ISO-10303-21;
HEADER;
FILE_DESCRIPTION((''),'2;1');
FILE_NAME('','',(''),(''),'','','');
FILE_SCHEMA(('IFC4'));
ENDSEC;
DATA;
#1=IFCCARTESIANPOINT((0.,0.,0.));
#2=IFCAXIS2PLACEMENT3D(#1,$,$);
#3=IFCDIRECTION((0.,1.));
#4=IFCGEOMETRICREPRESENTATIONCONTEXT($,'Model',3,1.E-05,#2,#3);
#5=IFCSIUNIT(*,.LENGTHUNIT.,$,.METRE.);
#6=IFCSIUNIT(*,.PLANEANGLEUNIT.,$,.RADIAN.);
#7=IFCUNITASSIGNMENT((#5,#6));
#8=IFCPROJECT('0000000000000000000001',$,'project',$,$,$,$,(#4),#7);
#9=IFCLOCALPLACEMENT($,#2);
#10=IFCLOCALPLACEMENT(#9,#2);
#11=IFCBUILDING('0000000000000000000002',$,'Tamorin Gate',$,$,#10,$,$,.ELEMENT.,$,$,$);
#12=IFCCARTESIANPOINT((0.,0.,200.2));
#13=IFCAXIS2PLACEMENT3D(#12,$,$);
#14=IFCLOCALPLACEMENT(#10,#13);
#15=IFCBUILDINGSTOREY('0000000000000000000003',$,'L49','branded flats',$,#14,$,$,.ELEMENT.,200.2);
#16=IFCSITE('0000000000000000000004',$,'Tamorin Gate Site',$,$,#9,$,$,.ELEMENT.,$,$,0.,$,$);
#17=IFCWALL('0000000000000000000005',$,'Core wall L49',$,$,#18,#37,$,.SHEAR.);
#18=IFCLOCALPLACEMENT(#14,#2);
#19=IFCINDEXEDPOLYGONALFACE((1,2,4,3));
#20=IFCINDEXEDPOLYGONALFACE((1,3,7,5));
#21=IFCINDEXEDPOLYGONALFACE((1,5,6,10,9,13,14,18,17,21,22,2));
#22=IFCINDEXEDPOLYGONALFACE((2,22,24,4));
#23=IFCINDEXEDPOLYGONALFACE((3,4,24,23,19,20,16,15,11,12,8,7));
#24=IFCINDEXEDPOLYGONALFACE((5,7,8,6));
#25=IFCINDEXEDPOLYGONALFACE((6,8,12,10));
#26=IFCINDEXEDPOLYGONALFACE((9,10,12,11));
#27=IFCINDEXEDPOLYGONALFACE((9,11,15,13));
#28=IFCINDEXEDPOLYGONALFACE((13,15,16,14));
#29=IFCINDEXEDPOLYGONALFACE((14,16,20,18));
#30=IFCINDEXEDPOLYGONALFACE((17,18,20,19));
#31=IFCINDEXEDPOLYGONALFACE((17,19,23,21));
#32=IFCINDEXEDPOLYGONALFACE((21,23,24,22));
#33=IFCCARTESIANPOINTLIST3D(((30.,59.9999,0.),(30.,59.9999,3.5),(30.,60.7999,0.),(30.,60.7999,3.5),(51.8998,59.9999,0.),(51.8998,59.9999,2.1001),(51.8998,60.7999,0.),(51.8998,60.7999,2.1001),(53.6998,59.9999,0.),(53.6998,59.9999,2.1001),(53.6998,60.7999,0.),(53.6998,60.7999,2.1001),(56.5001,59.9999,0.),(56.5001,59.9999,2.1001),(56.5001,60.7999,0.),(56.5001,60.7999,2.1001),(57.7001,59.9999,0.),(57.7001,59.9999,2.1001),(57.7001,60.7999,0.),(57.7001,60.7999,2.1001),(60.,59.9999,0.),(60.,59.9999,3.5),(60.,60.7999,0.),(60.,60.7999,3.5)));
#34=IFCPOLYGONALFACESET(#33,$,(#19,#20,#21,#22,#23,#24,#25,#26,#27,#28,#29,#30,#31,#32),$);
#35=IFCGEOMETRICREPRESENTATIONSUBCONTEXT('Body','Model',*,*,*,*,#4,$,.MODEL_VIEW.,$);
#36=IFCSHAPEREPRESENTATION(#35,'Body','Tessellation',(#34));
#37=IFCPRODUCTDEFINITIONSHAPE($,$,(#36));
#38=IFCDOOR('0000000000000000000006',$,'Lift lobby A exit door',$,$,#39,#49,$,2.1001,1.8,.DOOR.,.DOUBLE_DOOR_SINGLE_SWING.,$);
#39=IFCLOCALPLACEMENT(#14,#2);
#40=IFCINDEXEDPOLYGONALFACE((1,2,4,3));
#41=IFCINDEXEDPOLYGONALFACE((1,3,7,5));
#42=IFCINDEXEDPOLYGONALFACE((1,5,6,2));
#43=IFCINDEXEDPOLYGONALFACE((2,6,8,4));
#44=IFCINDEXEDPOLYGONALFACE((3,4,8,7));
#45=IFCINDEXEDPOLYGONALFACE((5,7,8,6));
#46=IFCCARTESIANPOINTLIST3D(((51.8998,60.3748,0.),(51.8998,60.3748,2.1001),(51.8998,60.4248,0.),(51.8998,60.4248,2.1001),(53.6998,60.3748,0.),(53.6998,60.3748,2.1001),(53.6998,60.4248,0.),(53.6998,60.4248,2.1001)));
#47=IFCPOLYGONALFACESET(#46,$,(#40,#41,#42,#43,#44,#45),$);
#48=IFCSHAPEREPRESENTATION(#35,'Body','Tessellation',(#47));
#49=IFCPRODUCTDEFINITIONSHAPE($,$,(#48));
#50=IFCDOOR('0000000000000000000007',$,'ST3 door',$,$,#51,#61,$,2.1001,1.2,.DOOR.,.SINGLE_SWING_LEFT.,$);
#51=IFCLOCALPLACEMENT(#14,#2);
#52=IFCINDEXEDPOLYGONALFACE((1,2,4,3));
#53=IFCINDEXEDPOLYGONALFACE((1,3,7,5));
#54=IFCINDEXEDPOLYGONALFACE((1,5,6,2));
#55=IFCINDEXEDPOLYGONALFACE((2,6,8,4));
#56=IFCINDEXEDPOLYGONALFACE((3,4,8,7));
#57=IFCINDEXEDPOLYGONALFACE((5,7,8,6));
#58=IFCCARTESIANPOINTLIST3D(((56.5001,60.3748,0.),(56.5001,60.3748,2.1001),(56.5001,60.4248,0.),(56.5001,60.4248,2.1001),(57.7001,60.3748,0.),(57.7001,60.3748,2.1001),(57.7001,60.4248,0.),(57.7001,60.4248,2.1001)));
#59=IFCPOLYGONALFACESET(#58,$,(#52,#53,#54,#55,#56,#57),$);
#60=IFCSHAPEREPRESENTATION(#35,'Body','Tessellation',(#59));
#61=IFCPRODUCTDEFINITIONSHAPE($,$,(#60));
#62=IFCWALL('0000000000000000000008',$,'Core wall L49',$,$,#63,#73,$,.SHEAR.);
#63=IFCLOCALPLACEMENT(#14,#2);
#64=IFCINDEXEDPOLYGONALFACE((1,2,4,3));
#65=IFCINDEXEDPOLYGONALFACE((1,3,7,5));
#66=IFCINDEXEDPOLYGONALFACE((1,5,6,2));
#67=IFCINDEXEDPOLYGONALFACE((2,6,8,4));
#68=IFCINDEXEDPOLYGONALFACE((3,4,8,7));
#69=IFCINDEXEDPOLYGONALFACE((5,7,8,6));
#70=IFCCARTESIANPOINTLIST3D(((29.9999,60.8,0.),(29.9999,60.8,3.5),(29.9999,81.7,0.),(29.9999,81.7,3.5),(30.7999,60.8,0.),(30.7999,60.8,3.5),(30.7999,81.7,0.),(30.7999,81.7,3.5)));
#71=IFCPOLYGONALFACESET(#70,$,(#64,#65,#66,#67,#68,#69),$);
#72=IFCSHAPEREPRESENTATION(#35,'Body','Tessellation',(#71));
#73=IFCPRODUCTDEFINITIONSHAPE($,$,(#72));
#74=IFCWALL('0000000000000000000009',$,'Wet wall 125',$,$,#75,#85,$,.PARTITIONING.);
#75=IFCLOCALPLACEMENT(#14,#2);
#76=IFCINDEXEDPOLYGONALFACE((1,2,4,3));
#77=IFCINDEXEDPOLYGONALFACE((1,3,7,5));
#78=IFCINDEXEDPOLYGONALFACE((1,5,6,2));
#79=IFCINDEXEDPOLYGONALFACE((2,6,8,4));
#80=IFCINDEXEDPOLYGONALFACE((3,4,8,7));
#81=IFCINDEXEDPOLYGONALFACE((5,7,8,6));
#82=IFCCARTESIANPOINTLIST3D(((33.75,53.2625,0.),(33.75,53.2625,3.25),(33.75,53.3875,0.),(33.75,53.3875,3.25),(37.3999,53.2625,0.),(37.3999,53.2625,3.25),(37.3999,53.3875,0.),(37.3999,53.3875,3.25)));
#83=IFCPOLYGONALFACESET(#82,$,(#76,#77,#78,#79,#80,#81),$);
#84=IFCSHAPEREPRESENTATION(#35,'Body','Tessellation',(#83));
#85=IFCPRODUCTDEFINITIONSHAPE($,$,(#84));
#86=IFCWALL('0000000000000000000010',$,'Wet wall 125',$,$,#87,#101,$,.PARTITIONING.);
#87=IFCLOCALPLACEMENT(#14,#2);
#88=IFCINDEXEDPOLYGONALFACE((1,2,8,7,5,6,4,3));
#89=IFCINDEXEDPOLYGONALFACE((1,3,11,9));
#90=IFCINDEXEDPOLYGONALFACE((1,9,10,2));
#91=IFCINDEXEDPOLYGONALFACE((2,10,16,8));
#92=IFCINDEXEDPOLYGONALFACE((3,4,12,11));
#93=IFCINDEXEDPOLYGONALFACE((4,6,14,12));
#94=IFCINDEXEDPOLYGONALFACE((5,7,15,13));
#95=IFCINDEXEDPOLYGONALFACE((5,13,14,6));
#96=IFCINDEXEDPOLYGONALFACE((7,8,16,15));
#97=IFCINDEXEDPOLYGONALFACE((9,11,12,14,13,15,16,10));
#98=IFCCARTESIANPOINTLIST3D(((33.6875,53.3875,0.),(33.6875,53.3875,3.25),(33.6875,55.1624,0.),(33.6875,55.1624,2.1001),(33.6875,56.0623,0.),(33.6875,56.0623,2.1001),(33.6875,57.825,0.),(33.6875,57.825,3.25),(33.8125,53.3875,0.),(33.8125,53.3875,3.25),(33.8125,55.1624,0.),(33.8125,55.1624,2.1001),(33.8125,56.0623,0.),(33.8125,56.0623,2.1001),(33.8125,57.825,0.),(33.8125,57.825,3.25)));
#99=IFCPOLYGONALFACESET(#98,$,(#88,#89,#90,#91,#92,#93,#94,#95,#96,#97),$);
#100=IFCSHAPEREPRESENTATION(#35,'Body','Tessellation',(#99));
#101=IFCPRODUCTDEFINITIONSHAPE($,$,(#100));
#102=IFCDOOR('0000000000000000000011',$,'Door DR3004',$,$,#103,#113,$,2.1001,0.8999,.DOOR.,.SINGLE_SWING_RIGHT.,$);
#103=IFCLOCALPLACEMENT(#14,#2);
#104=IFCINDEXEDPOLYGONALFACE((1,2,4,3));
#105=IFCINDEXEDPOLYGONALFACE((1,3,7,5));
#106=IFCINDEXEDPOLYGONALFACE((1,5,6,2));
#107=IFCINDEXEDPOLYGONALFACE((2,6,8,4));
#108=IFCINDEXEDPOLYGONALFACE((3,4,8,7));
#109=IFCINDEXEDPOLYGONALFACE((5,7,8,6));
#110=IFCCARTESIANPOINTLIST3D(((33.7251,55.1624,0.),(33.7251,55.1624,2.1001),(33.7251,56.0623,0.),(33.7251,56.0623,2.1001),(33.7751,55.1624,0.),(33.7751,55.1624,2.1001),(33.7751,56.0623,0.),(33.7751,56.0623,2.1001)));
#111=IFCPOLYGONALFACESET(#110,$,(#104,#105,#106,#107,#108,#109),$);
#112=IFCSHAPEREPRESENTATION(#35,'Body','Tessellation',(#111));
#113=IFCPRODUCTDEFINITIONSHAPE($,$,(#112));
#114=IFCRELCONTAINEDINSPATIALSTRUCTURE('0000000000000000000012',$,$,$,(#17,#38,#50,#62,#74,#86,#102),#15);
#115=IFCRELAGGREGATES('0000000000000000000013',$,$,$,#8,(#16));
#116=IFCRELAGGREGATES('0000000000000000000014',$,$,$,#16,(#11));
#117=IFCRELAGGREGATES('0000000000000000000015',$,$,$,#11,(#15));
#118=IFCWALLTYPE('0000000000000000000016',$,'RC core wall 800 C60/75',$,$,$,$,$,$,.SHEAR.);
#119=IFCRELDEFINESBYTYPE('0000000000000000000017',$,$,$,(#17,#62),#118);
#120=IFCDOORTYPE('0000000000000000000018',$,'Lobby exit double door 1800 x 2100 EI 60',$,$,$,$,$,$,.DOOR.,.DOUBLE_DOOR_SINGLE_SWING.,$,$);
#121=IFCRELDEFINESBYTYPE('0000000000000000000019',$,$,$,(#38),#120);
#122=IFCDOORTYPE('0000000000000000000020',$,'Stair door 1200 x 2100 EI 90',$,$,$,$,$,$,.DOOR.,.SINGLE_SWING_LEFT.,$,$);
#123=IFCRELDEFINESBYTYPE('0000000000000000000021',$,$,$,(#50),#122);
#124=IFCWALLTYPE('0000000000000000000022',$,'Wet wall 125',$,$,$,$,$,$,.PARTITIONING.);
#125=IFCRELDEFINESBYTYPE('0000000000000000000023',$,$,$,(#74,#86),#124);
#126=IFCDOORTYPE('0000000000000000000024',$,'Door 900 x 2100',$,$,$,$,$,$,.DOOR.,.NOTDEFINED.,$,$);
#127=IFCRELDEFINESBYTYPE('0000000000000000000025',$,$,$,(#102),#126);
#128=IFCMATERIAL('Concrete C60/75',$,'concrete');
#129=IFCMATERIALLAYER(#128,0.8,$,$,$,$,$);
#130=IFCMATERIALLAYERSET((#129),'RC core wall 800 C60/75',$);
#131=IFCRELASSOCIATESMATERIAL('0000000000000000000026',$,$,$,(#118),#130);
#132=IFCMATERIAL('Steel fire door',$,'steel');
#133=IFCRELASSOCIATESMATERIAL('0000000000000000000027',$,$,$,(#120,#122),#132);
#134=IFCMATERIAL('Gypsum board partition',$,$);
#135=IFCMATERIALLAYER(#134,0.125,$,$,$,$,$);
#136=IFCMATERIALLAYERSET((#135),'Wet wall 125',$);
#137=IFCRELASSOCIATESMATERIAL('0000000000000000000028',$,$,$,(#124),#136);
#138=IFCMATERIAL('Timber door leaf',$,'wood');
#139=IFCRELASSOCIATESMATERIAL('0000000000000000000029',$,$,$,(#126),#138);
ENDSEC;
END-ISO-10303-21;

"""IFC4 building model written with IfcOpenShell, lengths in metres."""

from ifc_helpers import new_model, si_unit, direction, frame, frame_2d, origin, place, context, subcontext, project, spatial, rectangle, extrude, material, layer, layer_set, type_object, element, fill, save


model = new_model("IFC4")

# Units and contexts
model_context = context("Model", 3, precision=1e-05, world=origin(), true_north=direction((0.0, 1.0)))
body_context = subcontext(model_context, "Body", "Model", "MODEL_VIEW")
ifc_project = project(units=[si_unit("LENGTHUNIT", "METRE"), si_unit("PLANEANGLEUNIT", "RADIAN")], contexts=[model_context])

# Site, building, storey
site_placement = place(None, origin())
site = spatial("IfcSite", under=ifc_project, at=site_placement, Name="Tamorin Gate Site", CompositionType="ELEMENT", RefElevation=0.0)
building_placement = place(site_placement, origin())
building = spatial("IfcBuilding", under=site, at=building_placement, Name="Tamorin Gate", CompositionType="ELEMENT")
storey_placement = place(building_placement, frame((0.0, 0.0, 200.2)))
storey = spatial("IfcBuildingStorey", under=building, at=storey_placement, Name="L49", Description="branded flats", CompositionType="ELEMENT", Elevation=200.2)

# Shared definitions
ifc_material_1 = material(Name="Concrete C60/75", Category="concrete")

# Shared definitions
ifc_material_2 = material(Name="Gypsum board partition")
ifc_material_3 = material(Name="Timber door leaf", Category="wood")

# Wall, openings, doors
ifc_layer_1 = layer(ifc_material_1, 0.8)
ifc_layer_set_1 = layer_set([ifc_layer_1], Name="RC core wall 800 C60/75")
wall_type_1 = type_object("IfcWallType", Name="RC core wall 800 C60/75", PredefinedType="SHEAR", material=ifc_layer_set_1)
wall_1_placement = place(storey_placement, frame((30.0, 60.3999, 0.0), z_axis=(0.0, 0.0, 1.0), x_axis=(1.0, 0.0, 0.0)))
wall_1 = element("IfcWall", 1, at=wall_1_placement, inside=storey, type_object=wall_type_1, Name="Core wall L49", PredefinedType="SHEAR", context=body_context, shape_type="SweptSolid", body=[
    extrude(rectangle(XDim=30.0, YDim=0.8, at=frame_2d((15.0, 0.0))), origin(), (0.0, 0.0, 1.0), 3.5),
])
opening_1_placement = place(wall_1_placement, frame((21.8999, 0.0, 0.0)))
opening_1 = element("IfcOpeningElement", 2, at=opening_1_placement, cuts=wall_1, PredefinedType="OPENING", context=body_context, shape_type="SweptSolid", body=[
    extrude(rectangle(XDim=1.8, YDim=2.1001, at=frame_2d((0.8999, 1.05))), frame((0.0, 0.4099, 0.0), z_axis=(0.0, -1.0, 0.0), x_axis=(1.0, 0.0, 0.0)), (0.0, 0.0, 1.0), 0.8201),
])
opening_2_placement = place(wall_1_placement, frame((26.5, 0.0, 0.0)))
opening_2 = element("IfcOpeningElement", 3, at=opening_2_placement, cuts=wall_1, PredefinedType="OPENING", context=body_context, shape_type="SweptSolid", body=[
    extrude(rectangle(XDim=1.2, YDim=2.1001, at=frame_2d((0.6001, 1.05))), frame((0.0, 0.4099, 0.0), z_axis=(0.0, -1.0, 0.0), x_axis=(1.0, 0.0, 0.0)), (0.0, 0.0, 1.0), 0.8201),
])
ifc_material_4 = material(Name="Steel fire door", Category="steel")
door_type_1 = type_object("IfcDoorType", Name="Lobby exit double door 1800 x 2100 EI 60", OperationType="DOUBLE_DOOR_SINGLE_SWING", PredefinedType="DOOR", material=ifc_material_4)
door_1_placement = place(opening_1_placement, origin())
door_1 = element("IfcDoor", 4, at=door_1_placement, inside=storey, type_object=door_type_1, Name="Lift lobby A exit door", OperationType="DOUBLE_DOOR_SINGLE_SWING", OverallHeight=2.1001, OverallWidth=1.8, PredefinedType="DOOR", context=body_context, shape_type="SweptSolid", body=[
    extrude(rectangle(XDim=1.8, YDim=2.1001, at=frame_2d((0.8999, 1.05))), frame((0.0, 0.0249, 0.0), z_axis=(0.0, -1.0, 0.0), x_axis=(1.0, 0.0, 0.0)), (0.0, 0.0, 1.0), 0.05),
])
fill(opening_1, door_1)
door_type_2 = type_object("IfcDoorType", Name="Stair door 1200 x 2100 EI 90", OperationType="SINGLE_SWING_LEFT", PredefinedType="DOOR", material=ifc_material_4)
door_2_placement = place(opening_2_placement, origin())
door_2 = element("IfcDoor", 5, at=door_2_placement, inside=storey, type_object=door_type_2, Name="ST3 door", OperationType="SINGLE_SWING_LEFT", OverallHeight=2.1001, OverallWidth=1.2, PredefinedType="DOOR", context=body_context, shape_type="SweptSolid", body=[
    extrude(rectangle(XDim=1.2, YDim=2.1001, at=frame_2d((0.6001, 1.05))), frame((0.0, 0.0249, 0.0), z_axis=(0.0, -1.0, 0.0), x_axis=(1.0, 0.0, 0.0)), (0.0, 0.0, 1.0), 0.05),
])
fill(opening_2, door_2)

# Walls
wall_2_placement = place(storey_placement, frame((30.3999, 60.8, 0.0), z_axis=(0.0, 0.0, 1.0), x_axis=(0.0, 1.0, 0.0)))
element("IfcWall", 6, at=wall_2_placement, inside=storey, type_object=wall_type_1, Name="Core wall L49", PredefinedType="SHEAR", context=body_context, shape_type="SweptSolid", body=[
    extrude(rectangle(XDim=20.8999, YDim=0.8, at=frame_2d((10.45, 0.0))), origin(), (0.0, 0.0, 1.0), 3.5),
])
ifc_layer_2 = layer(ifc_material_2, 0.125)
ifc_layer_set_2 = layer_set([ifc_layer_2], Name="Wet wall 125")
wall_type_2 = type_object("IfcWallType", Name="Wet wall 125", PredefinedType="PARTITIONING", material=ifc_layer_set_2)
wall_3_placement = place(storey_placement, frame((33.75, 53.325, 0.0), z_axis=(0.0, 0.0, 1.0), x_axis=(1.0, 0.0, 0.0)))
element("IfcWall", 7, at=wall_3_placement, inside=storey, type_object=wall_type_2, Name="Wet wall 125", PredefinedType="PARTITIONING", context=body_context, shape_type="SweptSolid", body=[
    extrude(rectangle(XDim=3.6499, YDim=0.125, at=frame_2d((1.825, 0.0))), origin(), (0.0, 0.0, 1.0), 3.25),
])

# Wall, opening, door
wall_4_placement = place(storey_placement, frame((33.75, 53.3875, 0.0), z_axis=(0.0, 0.0, 1.0), x_axis=(0.0, 1.0, 0.0)))
wall_4 = element("IfcWall", 8, at=wall_4_placement, inside=storey, type_object=wall_type_2, Name="Wet wall 125", PredefinedType="PARTITIONING", context=body_context, shape_type="SweptSolid", body=[
    extrude(rectangle(XDim=4.4375, YDim=0.125, at=frame_2d((2.2188, 0.0))), origin(), (0.0, 0.0, 1.0), 3.25),
])
opening_3_placement = place(wall_4_placement, frame((1.7749, 0.0, 0.0)))
opening_3 = element("IfcOpeningElement", 9, at=opening_3_placement, cuts=wall_4, PredefinedType="OPENING", context=body_context, shape_type="SweptSolid", body=[
    extrude(rectangle(XDim=0.8999, YDim=2.1001, at=frame_2d((0.45, 1.05))), frame((0.0, 0.0725, 0.0), z_axis=(0.0, -1.0, 0.0), x_axis=(1.0, 0.0, 0.0)), (0.0, 0.0, 1.0), 0.145),
])
door_type_3 = type_object("IfcDoorType", Name="Door 900 x 2100", OperationType="NOTDEFINED", PredefinedType="DOOR", material=ifc_material_3)
door_3_placement = place(opening_3_placement, origin())
door_3 = element("IfcDoor", 10, at=door_3_placement, inside=storey, type_object=door_type_3, Name="Door DR3004", OperationType="SINGLE_SWING_RIGHT", OverallHeight=2.1001, OverallWidth=0.8999, PredefinedType="DOOR", context=body_context, shape_type="SweptSolid", body=[
    extrude(rectangle(XDim=0.8999, YDim=2.1001, at=frame_2d((0.45, 1.05))), frame((0.0, 0.0249, 0.0), z_axis=(0.0, -1.0, 0.0), x_axis=(1.0, 0.0, 0.0)), (0.0, 0.0, 1.0), 0.05),
])
fill(opening_3, door_3)

save(model, "model.ifc")
